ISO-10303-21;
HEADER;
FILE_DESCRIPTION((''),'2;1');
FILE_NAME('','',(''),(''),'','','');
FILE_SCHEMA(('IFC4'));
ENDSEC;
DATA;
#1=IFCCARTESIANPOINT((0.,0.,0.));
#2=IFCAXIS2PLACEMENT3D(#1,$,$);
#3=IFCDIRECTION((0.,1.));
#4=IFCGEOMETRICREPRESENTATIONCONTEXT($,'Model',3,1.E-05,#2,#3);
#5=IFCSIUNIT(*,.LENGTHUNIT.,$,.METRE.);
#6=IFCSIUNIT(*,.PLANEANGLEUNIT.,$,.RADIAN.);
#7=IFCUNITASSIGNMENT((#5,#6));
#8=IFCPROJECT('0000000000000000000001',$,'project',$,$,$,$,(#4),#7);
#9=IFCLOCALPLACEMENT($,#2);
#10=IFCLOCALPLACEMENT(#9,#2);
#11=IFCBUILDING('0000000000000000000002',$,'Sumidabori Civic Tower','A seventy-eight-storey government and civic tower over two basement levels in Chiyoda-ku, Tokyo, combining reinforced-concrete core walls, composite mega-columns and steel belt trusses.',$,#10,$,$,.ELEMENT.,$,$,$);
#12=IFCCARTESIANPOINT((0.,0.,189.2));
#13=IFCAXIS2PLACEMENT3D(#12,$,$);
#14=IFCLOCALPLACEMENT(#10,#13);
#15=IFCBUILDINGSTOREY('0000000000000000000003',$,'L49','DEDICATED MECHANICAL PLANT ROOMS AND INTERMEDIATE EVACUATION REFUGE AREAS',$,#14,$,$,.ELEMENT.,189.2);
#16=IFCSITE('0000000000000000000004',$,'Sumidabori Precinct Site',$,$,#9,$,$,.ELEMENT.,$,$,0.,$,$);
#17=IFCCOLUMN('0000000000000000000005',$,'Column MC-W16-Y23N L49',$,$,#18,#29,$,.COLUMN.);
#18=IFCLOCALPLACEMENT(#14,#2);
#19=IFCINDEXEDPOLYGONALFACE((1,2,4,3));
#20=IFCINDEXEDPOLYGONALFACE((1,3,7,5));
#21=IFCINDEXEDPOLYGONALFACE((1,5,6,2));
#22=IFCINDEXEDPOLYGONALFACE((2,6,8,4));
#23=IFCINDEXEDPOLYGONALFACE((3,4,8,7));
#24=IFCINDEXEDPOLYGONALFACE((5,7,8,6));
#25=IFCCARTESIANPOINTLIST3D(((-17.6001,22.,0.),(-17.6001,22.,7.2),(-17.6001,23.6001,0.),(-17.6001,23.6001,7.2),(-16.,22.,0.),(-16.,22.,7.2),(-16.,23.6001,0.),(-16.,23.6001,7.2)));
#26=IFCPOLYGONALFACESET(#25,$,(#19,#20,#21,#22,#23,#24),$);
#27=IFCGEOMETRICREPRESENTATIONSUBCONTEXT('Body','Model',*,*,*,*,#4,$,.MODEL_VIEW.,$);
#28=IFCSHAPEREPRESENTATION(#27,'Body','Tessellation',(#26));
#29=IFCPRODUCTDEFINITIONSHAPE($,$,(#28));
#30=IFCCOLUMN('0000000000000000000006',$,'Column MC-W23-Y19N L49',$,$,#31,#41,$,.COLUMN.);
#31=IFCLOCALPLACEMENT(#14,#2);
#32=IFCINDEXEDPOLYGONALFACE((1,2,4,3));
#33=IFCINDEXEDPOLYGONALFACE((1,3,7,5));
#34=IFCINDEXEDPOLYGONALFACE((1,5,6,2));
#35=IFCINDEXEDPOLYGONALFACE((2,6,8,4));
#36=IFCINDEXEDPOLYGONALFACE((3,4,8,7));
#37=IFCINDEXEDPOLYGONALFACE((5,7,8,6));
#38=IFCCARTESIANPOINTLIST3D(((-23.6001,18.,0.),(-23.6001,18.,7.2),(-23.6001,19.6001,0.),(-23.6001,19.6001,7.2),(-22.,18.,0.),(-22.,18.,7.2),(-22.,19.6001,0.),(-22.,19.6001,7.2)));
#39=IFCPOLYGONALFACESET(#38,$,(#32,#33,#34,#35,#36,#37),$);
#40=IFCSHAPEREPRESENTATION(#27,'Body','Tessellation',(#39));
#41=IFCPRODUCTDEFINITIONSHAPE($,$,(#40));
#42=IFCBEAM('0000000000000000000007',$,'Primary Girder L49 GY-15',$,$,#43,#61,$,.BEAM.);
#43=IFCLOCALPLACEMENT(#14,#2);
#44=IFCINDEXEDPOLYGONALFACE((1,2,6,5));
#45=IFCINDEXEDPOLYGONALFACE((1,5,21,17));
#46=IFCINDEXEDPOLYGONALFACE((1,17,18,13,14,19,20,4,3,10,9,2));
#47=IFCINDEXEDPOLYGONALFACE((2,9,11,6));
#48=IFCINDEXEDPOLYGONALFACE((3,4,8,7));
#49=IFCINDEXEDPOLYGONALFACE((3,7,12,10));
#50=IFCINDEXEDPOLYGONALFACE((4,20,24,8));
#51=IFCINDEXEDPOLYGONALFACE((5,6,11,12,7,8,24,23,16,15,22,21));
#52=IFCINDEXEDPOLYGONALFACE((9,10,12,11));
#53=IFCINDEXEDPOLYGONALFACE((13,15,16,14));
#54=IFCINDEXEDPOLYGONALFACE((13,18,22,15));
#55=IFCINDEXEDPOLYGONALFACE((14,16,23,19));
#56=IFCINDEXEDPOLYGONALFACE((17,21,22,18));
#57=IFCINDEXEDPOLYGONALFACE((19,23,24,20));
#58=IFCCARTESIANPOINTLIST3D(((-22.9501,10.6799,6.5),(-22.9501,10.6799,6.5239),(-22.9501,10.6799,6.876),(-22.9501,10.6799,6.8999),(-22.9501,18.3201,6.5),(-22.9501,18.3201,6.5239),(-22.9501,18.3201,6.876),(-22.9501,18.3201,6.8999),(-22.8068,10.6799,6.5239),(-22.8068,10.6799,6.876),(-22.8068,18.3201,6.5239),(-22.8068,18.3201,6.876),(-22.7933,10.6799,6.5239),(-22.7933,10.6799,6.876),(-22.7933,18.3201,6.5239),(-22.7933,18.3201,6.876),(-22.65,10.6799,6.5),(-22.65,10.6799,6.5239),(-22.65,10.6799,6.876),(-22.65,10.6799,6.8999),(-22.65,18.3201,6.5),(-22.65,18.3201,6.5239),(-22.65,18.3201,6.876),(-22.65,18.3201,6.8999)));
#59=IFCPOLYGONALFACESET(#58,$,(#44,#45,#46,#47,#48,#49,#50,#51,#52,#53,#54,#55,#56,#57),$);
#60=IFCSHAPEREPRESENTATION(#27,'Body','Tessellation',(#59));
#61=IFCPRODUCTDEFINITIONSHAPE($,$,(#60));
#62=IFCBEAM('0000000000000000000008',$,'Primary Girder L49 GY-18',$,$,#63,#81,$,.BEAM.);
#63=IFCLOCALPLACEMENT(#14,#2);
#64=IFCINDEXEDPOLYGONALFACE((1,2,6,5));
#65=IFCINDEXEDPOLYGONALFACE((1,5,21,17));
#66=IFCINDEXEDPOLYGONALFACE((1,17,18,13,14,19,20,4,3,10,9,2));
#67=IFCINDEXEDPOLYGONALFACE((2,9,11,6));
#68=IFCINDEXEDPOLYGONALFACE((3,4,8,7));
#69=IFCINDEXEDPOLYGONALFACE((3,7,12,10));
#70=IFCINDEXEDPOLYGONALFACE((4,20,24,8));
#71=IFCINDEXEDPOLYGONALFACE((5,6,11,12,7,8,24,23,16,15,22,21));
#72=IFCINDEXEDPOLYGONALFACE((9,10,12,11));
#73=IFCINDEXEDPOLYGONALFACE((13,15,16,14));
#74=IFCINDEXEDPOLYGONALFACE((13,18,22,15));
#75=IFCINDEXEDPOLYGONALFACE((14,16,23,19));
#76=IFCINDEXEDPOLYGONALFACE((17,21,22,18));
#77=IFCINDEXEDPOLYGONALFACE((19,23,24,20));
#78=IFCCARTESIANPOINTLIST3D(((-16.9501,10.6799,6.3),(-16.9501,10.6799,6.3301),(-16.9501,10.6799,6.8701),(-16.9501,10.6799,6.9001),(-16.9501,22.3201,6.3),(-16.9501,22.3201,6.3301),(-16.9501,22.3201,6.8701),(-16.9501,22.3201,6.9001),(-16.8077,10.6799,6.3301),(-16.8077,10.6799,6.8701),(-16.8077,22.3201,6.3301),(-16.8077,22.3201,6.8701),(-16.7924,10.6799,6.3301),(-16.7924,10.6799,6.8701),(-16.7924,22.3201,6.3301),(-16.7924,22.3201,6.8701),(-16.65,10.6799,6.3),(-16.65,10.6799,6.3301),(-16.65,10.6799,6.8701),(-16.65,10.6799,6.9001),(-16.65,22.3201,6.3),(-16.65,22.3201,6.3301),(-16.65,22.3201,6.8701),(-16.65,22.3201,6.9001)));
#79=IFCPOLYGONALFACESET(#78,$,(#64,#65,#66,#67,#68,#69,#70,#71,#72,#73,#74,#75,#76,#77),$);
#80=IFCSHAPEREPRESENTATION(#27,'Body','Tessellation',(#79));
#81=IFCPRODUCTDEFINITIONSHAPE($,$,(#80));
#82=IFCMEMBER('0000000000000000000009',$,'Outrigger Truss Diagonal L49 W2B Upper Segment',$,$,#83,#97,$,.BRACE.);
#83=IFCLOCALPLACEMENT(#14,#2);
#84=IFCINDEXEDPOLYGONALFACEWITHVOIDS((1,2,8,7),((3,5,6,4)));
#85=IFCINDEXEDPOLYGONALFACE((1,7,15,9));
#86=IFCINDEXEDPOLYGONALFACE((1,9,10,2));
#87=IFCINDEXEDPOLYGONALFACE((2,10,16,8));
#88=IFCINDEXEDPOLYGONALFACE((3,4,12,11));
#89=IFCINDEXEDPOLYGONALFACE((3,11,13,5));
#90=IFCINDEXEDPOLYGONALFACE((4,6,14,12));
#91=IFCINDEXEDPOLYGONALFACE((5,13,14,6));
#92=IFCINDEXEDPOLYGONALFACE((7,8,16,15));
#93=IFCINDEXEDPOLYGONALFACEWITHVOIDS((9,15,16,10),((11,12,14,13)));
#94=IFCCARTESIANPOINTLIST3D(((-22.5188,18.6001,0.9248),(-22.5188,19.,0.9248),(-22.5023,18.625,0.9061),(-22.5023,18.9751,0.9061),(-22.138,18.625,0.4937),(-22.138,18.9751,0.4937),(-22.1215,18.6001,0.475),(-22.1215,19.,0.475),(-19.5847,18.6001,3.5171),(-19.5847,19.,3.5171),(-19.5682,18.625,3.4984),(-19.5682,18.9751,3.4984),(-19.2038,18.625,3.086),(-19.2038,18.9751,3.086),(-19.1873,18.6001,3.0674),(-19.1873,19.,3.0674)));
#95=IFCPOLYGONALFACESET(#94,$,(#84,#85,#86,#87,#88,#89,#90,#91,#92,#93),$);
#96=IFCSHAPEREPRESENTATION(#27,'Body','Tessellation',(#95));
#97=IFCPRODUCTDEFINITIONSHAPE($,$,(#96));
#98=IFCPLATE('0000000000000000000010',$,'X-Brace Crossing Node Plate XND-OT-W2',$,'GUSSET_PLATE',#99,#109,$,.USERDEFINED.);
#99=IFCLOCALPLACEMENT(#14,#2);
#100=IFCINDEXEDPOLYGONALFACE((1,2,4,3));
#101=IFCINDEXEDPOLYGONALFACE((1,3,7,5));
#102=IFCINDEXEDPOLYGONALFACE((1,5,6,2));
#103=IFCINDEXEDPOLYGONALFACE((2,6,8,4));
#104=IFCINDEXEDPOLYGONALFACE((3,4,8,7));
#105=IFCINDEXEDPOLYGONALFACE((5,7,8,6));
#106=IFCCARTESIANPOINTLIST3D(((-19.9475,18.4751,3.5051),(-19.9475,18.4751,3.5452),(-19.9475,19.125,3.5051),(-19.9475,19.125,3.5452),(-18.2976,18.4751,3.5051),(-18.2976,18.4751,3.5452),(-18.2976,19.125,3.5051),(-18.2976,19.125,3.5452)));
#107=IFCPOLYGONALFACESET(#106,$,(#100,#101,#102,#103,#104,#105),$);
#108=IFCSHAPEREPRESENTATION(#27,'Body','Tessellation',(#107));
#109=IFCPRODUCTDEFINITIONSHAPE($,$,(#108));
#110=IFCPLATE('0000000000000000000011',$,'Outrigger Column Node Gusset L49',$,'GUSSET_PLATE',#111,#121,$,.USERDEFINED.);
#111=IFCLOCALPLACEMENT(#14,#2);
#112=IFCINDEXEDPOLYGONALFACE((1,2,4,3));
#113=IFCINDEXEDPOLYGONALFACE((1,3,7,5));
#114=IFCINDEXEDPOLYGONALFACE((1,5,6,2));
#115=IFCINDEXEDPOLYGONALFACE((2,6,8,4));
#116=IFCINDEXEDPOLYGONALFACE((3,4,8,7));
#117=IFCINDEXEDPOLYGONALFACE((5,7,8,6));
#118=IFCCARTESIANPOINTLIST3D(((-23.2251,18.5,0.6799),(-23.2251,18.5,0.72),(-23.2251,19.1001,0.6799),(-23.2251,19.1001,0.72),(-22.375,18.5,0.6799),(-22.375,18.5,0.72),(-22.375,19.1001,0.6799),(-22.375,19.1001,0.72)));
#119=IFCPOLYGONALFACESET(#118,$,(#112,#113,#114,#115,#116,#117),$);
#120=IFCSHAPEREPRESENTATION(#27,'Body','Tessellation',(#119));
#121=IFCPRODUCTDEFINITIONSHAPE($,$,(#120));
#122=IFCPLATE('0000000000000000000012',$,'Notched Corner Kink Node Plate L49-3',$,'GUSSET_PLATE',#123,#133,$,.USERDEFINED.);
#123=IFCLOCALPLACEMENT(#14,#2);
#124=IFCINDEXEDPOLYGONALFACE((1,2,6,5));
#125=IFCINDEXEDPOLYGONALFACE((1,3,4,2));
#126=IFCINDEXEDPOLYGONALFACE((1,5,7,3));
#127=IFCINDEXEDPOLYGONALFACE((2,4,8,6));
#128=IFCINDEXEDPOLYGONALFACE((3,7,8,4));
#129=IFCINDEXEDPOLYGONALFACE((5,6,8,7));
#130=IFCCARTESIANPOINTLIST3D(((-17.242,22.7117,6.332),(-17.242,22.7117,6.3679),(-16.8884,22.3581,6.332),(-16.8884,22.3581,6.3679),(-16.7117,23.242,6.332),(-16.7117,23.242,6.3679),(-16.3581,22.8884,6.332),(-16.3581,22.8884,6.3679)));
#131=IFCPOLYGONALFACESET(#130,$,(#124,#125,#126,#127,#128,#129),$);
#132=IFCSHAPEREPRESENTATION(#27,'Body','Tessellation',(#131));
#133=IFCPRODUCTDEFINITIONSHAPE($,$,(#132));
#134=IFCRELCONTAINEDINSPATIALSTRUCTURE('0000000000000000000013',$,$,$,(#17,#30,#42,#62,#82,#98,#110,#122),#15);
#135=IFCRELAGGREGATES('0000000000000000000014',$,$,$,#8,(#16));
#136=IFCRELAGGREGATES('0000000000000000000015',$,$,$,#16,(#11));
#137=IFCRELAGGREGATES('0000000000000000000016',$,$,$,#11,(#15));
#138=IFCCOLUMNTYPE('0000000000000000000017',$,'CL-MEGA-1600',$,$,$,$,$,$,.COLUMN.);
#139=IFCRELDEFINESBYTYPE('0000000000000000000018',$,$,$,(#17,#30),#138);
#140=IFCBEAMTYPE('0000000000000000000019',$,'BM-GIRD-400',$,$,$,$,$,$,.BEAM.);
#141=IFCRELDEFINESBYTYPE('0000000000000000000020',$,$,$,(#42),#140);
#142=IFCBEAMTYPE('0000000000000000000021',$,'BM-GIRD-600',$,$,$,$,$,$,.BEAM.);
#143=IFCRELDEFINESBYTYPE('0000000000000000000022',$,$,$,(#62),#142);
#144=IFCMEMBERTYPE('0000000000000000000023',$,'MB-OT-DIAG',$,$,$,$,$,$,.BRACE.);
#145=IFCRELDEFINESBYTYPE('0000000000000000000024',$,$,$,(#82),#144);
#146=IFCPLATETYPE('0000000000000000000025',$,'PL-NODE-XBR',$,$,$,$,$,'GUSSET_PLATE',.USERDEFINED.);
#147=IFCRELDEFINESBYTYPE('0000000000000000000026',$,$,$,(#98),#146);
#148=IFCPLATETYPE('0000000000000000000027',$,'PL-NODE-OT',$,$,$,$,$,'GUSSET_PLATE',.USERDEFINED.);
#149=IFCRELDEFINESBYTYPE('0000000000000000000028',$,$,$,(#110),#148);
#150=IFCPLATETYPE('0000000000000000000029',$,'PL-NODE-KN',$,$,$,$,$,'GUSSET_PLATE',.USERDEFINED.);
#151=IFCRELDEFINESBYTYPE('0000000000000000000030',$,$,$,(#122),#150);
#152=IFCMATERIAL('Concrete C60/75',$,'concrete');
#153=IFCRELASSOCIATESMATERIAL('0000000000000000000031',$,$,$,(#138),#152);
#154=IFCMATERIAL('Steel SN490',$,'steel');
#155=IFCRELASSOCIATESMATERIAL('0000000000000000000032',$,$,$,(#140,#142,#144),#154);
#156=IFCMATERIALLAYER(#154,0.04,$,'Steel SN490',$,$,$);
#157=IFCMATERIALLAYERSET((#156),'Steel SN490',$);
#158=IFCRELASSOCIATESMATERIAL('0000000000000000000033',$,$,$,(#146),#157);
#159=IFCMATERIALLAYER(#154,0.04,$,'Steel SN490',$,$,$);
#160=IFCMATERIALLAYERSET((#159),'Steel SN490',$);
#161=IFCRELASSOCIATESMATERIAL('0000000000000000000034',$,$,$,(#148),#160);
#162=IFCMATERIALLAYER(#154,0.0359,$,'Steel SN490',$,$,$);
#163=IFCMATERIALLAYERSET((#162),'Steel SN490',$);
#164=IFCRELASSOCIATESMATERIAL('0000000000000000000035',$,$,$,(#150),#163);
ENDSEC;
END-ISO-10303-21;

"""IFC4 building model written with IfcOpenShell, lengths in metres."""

from ifc_helpers import new_model, si_unit, direction, frame, origin, origin_2d, place, context, subcontext, project, spatial, rectangle, hollow_rectangle, i_section, extrude, source, transform, mapped, material, layer, layer_set, material_profile, profile_set, type_object, element, save


model = new_model("IFC4")

# Units and contexts
model_context = context("Model", 3, precision=1e-05, world=origin(), true_north=direction((0.0, 1.0)))
body_context = subcontext(model_context, "Body", "Model", "MODEL_VIEW")
ifc_project = project(units=[si_unit("LENGTHUNIT", "METRE"), si_unit("PLANEANGLEUNIT", "RADIAN")], contexts=[model_context])

# Site, building, storey
site_placement = place(None, origin())
site = spatial("IfcSite", under=ifc_project, at=site_placement, Name="Sumidabori Precinct Site", CompositionType="ELEMENT", RefElevation=0.0)
building_placement = place(site_placement, origin())
building = spatial("IfcBuilding", under=site, at=building_placement, Name="Sumidabori Civic Tower", Description="A seventy-eight-storey government and civic tower over two basement levels in Chiyoda-ku, Tokyo, combining reinforced-concrete core walls, composite mega-columns and steel belt trusses.", CompositionType="ELEMENT")
storey_placement = place(building_placement, frame((0.0, 0.0, 189.2)))
storey = spatial("IfcBuildingStorey", under=building, at=storey_placement, Name="L49", Description="DEDICATED MECHANICAL PLANT ROOMS AND INTERMEDIATE EVACUATION REFUGE AREAS", CompositionType="ELEMENT", Elevation=189.2)

# Columns
ifc_material_1 = material(Name="Concrete C60/75", Category="concrete")
ifc_material_profile_1 = material_profile(ifc_material_1, rectangle(XDim=1.6001, YDim=1.6001, at=origin_2d()), Name="RC 1600x1600")
ifc_profile_set_1 = profile_set([ifc_material_profile_1], Name="Concrete C60/75")
column_type = type_object("IfcColumnType", Name="CL-MEGA-1600", PredefinedType="COLUMN", material=ifc_profile_set_1)
shared_shape_1 = source(origin(), body_context, "Body", "SweptSolid", [
    extrude(rectangle(XDim=1.6001, YDim=1.6001, at=origin_2d()), origin(), (0.0, 0.0, 1.0), 7.2),
])
for number, where, z_axis, x_axis, name in (
    (1, (-16.8, 22.8, 0.0), (0.0, 0.0, 1.0), (1.0, 0.0, 0.0), "Column MC-W16-Y23N L49"),
    (2, (-22.8, 18.8, 0.0), (0.0, 0.0, 1.0), (1.0, 0.0, 0.0), "Column MC-W23-Y19N L49"),
):
    element("IfcColumn", number, at=place(storey_placement, frame(where, z_axis=z_axis, x_axis=x_axis)), inside=storey, type_object=column_type, Name=name, PredefinedType="COLUMN", context=body_context, shape_type="MappedRepresentation", body=[
        mapped(shared_shape_1, transform((0.0, 0.0, 0.0), x_axis=(1.0, 0.0, 0.0), y_axis=(0.0, 1.0, 0.0), z_axis=(0.0, 0.0, 1.0), scale=1.0)),
    ])

# Beams
ifc_material_2 = material(Name="Steel SN490", Category="steel")
ifc_material_profile_2 = material_profile(ifc_material_2, i_section(OverallWidth=0.3, OverallDepth=0.3999, WebThickness=0.0134, FlangeThickness=0.0239, at=origin_2d()), Name="HE 400 B")
ifc_profile_set_2 = profile_set([ifc_material_profile_2], Name="Steel SN490")
beam_type_1 = type_object("IfcBeamType", Name="BM-GIRD-400", PredefinedType="BEAM", material=ifc_profile_set_2)
shared_shape_2 = source(origin(), body_context, "Body", "SweptSolid", [
    extrude(i_section(OverallWidth=0.3, OverallDepth=0.3999, WebThickness=0.0134, FlangeThickness=0.0239, at=origin_2d()), origin(), (0.0, 0.0, 1.0), 7.6401),
])
beam_1_placement = place(storey_placement, frame((-22.8, 10.6799, 6.7), z_axis=(0.0, 1.0, 0.0), x_axis=(-1.0, 0.0, 0.0)))
element("IfcBeam", 3, at=beam_1_placement, inside=storey, type_object=beam_type_1, Name="Primary Girder L49 GY-15", PredefinedType="BEAM", context=body_context, shape_type="MappedRepresentation", body=[
    mapped(shared_shape_2, transform((0.0, 0.0, 0.0), x_axis=(1.0, 0.0, 0.0), y_axis=(0.0, 1.0, 0.0), z_axis=(0.0, 0.0, 1.0), scale=1.0)),
])
ifc_material_profile_3 = material_profile(ifc_material_2, i_section(OverallWidth=0.3, OverallDepth=0.6001, WebThickness=0.0154, FlangeThickness=0.03, at=origin_2d()), Name="HE 600 B")
ifc_profile_set_3 = profile_set([ifc_material_profile_3], Name="Steel SN490")
beam_type_2 = type_object("IfcBeamType", Name="BM-GIRD-600", PredefinedType="BEAM", material=ifc_profile_set_3)
shared_shape_3 = source(origin(), body_context, "Body", "SweptSolid", [
    extrude(i_section(OverallWidth=0.3, OverallDepth=0.6001, WebThickness=0.0154, FlangeThickness=0.03, at=origin_2d()), origin(), (0.0, 0.0, 1.0), 11.6401),
])
beam_2_placement = place(storey_placement, frame((-16.8, 10.6799, 6.6001), z_axis=(0.0, 1.0, 0.0), x_axis=(-1.0, 0.0, 0.0)))
element("IfcBeam", 4, at=beam_2_placement, inside=storey, type_object=beam_type_2, Name="Primary Girder L49 GY-18", PredefinedType="BEAM", context=body_context, shape_type="MappedRepresentation", body=[
    mapped(shared_shape_3, transform((0.0, 0.0, 0.0), x_axis=(1.0, 0.0, 0.0), y_axis=(0.0, 1.0, 0.0), z_axis=(0.0, 0.0, 1.0), scale=1.0)),
])

# Member
ifc_material_profile_4 = material_profile(ifc_material_2, hollow_rectangle(XDim=0.3999, YDim=0.6001, WallThickness=0.0249, at=origin_2d()), Name="RHS 600x400x25")
ifc_profile_set_4 = profile_set([ifc_material_profile_4], Name="Steel SN490")
member_type = type_object("IfcMemberType", Name="MB-OT-DIAG", PredefinedType="BRACE", material=ifc_profile_set_4)
shared_shape_4 = source(origin(), body_context, "Body", "SweptSolid", [
    extrude(hollow_rectangle(XDim=0.3999, YDim=0.6001, WallThickness=0.0249, at=origin_2d()), origin(), (0.0, 0.0, 1.0), 3.9153),
])
member_placement = place(storey_placement, frame((-19.386, 18.8, 3.2922), z_axis=(-0.749408, 0.0, -0.662108), x_axis=(0.0, -1.0, 0.0)))
element("IfcMember", 5, at=member_placement, inside=storey, type_object=member_type, Name="Outrigger Truss Diagonal L49 W2B Upper Segment", PredefinedType="BRACE", context=body_context, shape_type="MappedRepresentation", body=[
    mapped(shared_shape_4, transform((0.0, 0.0, 0.0), x_axis=(1.0, 0.0, 0.0), y_axis=(0.0, 1.0, 0.0), z_axis=(0.0, 0.0, 1.0), scale=1.0)),
])

# Plates
ifc_layer_1 = layer(ifc_material_2, 0.04, Name="Steel SN490")
ifc_layer_set_1 = layer_set([ifc_layer_1], Name="Steel SN490")
plate_type_1 = type_object("IfcPlateType", Name="PL-NODE-XBR", ElementType="GUSSET_PLATE", PredefinedType="USERDEFINED", material=ifc_layer_set_1)
shared_shape_5 = source(origin(), body_context, "Body", "SweptSolid", [
    extrude(rectangle(XDim=1.6499, YDim=0.6499, at=origin_2d()), origin(), (0.0, 0.0, 1.0), 0.04),
])
plate_1_placement = place(storey_placement, frame((-19.1226, 18.8, 3.5051), z_axis=(0.0, 0.0, 1.0), x_axis=(-1.0, 0.0, 0.0)))
element("IfcPlate", 6, at=plate_1_placement, inside=storey, type_object=plate_type_1, Name="X-Brace Crossing Node Plate XND-OT-W2", ObjectType="GUSSET_PLATE", PredefinedType="USERDEFINED", context=body_context, shape_type="MappedRepresentation", body=[
    mapped(shared_shape_5, transform((0.0, 0.0, 0.0), x_axis=(1.0, 0.0, 0.0), y_axis=(0.0, 1.0, 0.0), z_axis=(0.0, 0.0, 1.0), scale=1.0)),
])
ifc_layer_2 = layer(ifc_material_2, 0.04, Name="Steel SN490")
ifc_layer_set_2 = layer_set([ifc_layer_2], Name="Steel SN490")
plate_type_2 = type_object("IfcPlateType", Name="PL-NODE-OT", ElementType="GUSSET_PLATE", PredefinedType="USERDEFINED", material=ifc_layer_set_2)
shared_shape_6 = source(origin(), body_context, "Body", "SweptSolid", [
    extrude(rectangle(XDim=0.8501, YDim=0.6001, at=origin_2d()), origin(), (0.0, 0.0, 1.0), 0.04),
])
plate_2_placement = place(storey_placement, frame((-22.8, 18.8, 0.6799), z_axis=(0.0, 0.0, 1.0), x_axis=(1.0, 0.0, 0.0)))
element("IfcPlate", 7, at=plate_2_placement, inside=storey, type_object=plate_type_2, Name="Outrigger Column Node Gusset L49", ObjectType="GUSSET_PLATE", PredefinedType="USERDEFINED", context=body_context, shape_type="MappedRepresentation", body=[
    mapped(shared_shape_6, transform((0.0, 0.0, 0.0), x_axis=(1.0, 0.0, 0.0), y_axis=(0.0, 1.0, 0.0), z_axis=(0.0, 0.0, 1.0), scale=1.0)),
])
ifc_layer_3 = layer(ifc_material_2, 0.0359, Name="Steel SN490")
ifc_layer_set_3 = layer_set([ifc_layer_3], Name="Steel SN490")
plate_type_3 = type_object("IfcPlateType", Name="PL-NODE-KN", ElementType="GUSSET_PLATE", PredefinedType="USERDEFINED", material=ifc_layer_set_3)
shared_shape_7 = source(origin(), body_context, "Body", "SweptSolid", [
    extrude(rectangle(XDim=0.75, YDim=0.5, at=origin_2d()), origin(), (0.0, 0.0, 1.0), 0.0359),
])
plate_3_placement = place(storey_placement, frame((-16.8, 22.8, 6.332), z_axis=(0.0, 0.0, 1.0), x_axis=(0.707107, 0.707107, 0.0)))
element("IfcPlate", 8, at=plate_3_placement, inside=storey, type_object=plate_type_3, Name="Notched Corner Kink Node Plate L49-3", ObjectType="GUSSET_PLATE", PredefinedType="USERDEFINED", context=body_context, shape_type="MappedRepresentation", body=[
    mapped(shared_shape_7, transform((0.0, 0.0, 0.0), x_axis=(1.0, 0.0, 0.0), y_axis=(0.0, 1.0, 0.0), z_axis=(0.0, 0.0, 1.0), scale=1.0)),
])

save(model, "model.ifc")
